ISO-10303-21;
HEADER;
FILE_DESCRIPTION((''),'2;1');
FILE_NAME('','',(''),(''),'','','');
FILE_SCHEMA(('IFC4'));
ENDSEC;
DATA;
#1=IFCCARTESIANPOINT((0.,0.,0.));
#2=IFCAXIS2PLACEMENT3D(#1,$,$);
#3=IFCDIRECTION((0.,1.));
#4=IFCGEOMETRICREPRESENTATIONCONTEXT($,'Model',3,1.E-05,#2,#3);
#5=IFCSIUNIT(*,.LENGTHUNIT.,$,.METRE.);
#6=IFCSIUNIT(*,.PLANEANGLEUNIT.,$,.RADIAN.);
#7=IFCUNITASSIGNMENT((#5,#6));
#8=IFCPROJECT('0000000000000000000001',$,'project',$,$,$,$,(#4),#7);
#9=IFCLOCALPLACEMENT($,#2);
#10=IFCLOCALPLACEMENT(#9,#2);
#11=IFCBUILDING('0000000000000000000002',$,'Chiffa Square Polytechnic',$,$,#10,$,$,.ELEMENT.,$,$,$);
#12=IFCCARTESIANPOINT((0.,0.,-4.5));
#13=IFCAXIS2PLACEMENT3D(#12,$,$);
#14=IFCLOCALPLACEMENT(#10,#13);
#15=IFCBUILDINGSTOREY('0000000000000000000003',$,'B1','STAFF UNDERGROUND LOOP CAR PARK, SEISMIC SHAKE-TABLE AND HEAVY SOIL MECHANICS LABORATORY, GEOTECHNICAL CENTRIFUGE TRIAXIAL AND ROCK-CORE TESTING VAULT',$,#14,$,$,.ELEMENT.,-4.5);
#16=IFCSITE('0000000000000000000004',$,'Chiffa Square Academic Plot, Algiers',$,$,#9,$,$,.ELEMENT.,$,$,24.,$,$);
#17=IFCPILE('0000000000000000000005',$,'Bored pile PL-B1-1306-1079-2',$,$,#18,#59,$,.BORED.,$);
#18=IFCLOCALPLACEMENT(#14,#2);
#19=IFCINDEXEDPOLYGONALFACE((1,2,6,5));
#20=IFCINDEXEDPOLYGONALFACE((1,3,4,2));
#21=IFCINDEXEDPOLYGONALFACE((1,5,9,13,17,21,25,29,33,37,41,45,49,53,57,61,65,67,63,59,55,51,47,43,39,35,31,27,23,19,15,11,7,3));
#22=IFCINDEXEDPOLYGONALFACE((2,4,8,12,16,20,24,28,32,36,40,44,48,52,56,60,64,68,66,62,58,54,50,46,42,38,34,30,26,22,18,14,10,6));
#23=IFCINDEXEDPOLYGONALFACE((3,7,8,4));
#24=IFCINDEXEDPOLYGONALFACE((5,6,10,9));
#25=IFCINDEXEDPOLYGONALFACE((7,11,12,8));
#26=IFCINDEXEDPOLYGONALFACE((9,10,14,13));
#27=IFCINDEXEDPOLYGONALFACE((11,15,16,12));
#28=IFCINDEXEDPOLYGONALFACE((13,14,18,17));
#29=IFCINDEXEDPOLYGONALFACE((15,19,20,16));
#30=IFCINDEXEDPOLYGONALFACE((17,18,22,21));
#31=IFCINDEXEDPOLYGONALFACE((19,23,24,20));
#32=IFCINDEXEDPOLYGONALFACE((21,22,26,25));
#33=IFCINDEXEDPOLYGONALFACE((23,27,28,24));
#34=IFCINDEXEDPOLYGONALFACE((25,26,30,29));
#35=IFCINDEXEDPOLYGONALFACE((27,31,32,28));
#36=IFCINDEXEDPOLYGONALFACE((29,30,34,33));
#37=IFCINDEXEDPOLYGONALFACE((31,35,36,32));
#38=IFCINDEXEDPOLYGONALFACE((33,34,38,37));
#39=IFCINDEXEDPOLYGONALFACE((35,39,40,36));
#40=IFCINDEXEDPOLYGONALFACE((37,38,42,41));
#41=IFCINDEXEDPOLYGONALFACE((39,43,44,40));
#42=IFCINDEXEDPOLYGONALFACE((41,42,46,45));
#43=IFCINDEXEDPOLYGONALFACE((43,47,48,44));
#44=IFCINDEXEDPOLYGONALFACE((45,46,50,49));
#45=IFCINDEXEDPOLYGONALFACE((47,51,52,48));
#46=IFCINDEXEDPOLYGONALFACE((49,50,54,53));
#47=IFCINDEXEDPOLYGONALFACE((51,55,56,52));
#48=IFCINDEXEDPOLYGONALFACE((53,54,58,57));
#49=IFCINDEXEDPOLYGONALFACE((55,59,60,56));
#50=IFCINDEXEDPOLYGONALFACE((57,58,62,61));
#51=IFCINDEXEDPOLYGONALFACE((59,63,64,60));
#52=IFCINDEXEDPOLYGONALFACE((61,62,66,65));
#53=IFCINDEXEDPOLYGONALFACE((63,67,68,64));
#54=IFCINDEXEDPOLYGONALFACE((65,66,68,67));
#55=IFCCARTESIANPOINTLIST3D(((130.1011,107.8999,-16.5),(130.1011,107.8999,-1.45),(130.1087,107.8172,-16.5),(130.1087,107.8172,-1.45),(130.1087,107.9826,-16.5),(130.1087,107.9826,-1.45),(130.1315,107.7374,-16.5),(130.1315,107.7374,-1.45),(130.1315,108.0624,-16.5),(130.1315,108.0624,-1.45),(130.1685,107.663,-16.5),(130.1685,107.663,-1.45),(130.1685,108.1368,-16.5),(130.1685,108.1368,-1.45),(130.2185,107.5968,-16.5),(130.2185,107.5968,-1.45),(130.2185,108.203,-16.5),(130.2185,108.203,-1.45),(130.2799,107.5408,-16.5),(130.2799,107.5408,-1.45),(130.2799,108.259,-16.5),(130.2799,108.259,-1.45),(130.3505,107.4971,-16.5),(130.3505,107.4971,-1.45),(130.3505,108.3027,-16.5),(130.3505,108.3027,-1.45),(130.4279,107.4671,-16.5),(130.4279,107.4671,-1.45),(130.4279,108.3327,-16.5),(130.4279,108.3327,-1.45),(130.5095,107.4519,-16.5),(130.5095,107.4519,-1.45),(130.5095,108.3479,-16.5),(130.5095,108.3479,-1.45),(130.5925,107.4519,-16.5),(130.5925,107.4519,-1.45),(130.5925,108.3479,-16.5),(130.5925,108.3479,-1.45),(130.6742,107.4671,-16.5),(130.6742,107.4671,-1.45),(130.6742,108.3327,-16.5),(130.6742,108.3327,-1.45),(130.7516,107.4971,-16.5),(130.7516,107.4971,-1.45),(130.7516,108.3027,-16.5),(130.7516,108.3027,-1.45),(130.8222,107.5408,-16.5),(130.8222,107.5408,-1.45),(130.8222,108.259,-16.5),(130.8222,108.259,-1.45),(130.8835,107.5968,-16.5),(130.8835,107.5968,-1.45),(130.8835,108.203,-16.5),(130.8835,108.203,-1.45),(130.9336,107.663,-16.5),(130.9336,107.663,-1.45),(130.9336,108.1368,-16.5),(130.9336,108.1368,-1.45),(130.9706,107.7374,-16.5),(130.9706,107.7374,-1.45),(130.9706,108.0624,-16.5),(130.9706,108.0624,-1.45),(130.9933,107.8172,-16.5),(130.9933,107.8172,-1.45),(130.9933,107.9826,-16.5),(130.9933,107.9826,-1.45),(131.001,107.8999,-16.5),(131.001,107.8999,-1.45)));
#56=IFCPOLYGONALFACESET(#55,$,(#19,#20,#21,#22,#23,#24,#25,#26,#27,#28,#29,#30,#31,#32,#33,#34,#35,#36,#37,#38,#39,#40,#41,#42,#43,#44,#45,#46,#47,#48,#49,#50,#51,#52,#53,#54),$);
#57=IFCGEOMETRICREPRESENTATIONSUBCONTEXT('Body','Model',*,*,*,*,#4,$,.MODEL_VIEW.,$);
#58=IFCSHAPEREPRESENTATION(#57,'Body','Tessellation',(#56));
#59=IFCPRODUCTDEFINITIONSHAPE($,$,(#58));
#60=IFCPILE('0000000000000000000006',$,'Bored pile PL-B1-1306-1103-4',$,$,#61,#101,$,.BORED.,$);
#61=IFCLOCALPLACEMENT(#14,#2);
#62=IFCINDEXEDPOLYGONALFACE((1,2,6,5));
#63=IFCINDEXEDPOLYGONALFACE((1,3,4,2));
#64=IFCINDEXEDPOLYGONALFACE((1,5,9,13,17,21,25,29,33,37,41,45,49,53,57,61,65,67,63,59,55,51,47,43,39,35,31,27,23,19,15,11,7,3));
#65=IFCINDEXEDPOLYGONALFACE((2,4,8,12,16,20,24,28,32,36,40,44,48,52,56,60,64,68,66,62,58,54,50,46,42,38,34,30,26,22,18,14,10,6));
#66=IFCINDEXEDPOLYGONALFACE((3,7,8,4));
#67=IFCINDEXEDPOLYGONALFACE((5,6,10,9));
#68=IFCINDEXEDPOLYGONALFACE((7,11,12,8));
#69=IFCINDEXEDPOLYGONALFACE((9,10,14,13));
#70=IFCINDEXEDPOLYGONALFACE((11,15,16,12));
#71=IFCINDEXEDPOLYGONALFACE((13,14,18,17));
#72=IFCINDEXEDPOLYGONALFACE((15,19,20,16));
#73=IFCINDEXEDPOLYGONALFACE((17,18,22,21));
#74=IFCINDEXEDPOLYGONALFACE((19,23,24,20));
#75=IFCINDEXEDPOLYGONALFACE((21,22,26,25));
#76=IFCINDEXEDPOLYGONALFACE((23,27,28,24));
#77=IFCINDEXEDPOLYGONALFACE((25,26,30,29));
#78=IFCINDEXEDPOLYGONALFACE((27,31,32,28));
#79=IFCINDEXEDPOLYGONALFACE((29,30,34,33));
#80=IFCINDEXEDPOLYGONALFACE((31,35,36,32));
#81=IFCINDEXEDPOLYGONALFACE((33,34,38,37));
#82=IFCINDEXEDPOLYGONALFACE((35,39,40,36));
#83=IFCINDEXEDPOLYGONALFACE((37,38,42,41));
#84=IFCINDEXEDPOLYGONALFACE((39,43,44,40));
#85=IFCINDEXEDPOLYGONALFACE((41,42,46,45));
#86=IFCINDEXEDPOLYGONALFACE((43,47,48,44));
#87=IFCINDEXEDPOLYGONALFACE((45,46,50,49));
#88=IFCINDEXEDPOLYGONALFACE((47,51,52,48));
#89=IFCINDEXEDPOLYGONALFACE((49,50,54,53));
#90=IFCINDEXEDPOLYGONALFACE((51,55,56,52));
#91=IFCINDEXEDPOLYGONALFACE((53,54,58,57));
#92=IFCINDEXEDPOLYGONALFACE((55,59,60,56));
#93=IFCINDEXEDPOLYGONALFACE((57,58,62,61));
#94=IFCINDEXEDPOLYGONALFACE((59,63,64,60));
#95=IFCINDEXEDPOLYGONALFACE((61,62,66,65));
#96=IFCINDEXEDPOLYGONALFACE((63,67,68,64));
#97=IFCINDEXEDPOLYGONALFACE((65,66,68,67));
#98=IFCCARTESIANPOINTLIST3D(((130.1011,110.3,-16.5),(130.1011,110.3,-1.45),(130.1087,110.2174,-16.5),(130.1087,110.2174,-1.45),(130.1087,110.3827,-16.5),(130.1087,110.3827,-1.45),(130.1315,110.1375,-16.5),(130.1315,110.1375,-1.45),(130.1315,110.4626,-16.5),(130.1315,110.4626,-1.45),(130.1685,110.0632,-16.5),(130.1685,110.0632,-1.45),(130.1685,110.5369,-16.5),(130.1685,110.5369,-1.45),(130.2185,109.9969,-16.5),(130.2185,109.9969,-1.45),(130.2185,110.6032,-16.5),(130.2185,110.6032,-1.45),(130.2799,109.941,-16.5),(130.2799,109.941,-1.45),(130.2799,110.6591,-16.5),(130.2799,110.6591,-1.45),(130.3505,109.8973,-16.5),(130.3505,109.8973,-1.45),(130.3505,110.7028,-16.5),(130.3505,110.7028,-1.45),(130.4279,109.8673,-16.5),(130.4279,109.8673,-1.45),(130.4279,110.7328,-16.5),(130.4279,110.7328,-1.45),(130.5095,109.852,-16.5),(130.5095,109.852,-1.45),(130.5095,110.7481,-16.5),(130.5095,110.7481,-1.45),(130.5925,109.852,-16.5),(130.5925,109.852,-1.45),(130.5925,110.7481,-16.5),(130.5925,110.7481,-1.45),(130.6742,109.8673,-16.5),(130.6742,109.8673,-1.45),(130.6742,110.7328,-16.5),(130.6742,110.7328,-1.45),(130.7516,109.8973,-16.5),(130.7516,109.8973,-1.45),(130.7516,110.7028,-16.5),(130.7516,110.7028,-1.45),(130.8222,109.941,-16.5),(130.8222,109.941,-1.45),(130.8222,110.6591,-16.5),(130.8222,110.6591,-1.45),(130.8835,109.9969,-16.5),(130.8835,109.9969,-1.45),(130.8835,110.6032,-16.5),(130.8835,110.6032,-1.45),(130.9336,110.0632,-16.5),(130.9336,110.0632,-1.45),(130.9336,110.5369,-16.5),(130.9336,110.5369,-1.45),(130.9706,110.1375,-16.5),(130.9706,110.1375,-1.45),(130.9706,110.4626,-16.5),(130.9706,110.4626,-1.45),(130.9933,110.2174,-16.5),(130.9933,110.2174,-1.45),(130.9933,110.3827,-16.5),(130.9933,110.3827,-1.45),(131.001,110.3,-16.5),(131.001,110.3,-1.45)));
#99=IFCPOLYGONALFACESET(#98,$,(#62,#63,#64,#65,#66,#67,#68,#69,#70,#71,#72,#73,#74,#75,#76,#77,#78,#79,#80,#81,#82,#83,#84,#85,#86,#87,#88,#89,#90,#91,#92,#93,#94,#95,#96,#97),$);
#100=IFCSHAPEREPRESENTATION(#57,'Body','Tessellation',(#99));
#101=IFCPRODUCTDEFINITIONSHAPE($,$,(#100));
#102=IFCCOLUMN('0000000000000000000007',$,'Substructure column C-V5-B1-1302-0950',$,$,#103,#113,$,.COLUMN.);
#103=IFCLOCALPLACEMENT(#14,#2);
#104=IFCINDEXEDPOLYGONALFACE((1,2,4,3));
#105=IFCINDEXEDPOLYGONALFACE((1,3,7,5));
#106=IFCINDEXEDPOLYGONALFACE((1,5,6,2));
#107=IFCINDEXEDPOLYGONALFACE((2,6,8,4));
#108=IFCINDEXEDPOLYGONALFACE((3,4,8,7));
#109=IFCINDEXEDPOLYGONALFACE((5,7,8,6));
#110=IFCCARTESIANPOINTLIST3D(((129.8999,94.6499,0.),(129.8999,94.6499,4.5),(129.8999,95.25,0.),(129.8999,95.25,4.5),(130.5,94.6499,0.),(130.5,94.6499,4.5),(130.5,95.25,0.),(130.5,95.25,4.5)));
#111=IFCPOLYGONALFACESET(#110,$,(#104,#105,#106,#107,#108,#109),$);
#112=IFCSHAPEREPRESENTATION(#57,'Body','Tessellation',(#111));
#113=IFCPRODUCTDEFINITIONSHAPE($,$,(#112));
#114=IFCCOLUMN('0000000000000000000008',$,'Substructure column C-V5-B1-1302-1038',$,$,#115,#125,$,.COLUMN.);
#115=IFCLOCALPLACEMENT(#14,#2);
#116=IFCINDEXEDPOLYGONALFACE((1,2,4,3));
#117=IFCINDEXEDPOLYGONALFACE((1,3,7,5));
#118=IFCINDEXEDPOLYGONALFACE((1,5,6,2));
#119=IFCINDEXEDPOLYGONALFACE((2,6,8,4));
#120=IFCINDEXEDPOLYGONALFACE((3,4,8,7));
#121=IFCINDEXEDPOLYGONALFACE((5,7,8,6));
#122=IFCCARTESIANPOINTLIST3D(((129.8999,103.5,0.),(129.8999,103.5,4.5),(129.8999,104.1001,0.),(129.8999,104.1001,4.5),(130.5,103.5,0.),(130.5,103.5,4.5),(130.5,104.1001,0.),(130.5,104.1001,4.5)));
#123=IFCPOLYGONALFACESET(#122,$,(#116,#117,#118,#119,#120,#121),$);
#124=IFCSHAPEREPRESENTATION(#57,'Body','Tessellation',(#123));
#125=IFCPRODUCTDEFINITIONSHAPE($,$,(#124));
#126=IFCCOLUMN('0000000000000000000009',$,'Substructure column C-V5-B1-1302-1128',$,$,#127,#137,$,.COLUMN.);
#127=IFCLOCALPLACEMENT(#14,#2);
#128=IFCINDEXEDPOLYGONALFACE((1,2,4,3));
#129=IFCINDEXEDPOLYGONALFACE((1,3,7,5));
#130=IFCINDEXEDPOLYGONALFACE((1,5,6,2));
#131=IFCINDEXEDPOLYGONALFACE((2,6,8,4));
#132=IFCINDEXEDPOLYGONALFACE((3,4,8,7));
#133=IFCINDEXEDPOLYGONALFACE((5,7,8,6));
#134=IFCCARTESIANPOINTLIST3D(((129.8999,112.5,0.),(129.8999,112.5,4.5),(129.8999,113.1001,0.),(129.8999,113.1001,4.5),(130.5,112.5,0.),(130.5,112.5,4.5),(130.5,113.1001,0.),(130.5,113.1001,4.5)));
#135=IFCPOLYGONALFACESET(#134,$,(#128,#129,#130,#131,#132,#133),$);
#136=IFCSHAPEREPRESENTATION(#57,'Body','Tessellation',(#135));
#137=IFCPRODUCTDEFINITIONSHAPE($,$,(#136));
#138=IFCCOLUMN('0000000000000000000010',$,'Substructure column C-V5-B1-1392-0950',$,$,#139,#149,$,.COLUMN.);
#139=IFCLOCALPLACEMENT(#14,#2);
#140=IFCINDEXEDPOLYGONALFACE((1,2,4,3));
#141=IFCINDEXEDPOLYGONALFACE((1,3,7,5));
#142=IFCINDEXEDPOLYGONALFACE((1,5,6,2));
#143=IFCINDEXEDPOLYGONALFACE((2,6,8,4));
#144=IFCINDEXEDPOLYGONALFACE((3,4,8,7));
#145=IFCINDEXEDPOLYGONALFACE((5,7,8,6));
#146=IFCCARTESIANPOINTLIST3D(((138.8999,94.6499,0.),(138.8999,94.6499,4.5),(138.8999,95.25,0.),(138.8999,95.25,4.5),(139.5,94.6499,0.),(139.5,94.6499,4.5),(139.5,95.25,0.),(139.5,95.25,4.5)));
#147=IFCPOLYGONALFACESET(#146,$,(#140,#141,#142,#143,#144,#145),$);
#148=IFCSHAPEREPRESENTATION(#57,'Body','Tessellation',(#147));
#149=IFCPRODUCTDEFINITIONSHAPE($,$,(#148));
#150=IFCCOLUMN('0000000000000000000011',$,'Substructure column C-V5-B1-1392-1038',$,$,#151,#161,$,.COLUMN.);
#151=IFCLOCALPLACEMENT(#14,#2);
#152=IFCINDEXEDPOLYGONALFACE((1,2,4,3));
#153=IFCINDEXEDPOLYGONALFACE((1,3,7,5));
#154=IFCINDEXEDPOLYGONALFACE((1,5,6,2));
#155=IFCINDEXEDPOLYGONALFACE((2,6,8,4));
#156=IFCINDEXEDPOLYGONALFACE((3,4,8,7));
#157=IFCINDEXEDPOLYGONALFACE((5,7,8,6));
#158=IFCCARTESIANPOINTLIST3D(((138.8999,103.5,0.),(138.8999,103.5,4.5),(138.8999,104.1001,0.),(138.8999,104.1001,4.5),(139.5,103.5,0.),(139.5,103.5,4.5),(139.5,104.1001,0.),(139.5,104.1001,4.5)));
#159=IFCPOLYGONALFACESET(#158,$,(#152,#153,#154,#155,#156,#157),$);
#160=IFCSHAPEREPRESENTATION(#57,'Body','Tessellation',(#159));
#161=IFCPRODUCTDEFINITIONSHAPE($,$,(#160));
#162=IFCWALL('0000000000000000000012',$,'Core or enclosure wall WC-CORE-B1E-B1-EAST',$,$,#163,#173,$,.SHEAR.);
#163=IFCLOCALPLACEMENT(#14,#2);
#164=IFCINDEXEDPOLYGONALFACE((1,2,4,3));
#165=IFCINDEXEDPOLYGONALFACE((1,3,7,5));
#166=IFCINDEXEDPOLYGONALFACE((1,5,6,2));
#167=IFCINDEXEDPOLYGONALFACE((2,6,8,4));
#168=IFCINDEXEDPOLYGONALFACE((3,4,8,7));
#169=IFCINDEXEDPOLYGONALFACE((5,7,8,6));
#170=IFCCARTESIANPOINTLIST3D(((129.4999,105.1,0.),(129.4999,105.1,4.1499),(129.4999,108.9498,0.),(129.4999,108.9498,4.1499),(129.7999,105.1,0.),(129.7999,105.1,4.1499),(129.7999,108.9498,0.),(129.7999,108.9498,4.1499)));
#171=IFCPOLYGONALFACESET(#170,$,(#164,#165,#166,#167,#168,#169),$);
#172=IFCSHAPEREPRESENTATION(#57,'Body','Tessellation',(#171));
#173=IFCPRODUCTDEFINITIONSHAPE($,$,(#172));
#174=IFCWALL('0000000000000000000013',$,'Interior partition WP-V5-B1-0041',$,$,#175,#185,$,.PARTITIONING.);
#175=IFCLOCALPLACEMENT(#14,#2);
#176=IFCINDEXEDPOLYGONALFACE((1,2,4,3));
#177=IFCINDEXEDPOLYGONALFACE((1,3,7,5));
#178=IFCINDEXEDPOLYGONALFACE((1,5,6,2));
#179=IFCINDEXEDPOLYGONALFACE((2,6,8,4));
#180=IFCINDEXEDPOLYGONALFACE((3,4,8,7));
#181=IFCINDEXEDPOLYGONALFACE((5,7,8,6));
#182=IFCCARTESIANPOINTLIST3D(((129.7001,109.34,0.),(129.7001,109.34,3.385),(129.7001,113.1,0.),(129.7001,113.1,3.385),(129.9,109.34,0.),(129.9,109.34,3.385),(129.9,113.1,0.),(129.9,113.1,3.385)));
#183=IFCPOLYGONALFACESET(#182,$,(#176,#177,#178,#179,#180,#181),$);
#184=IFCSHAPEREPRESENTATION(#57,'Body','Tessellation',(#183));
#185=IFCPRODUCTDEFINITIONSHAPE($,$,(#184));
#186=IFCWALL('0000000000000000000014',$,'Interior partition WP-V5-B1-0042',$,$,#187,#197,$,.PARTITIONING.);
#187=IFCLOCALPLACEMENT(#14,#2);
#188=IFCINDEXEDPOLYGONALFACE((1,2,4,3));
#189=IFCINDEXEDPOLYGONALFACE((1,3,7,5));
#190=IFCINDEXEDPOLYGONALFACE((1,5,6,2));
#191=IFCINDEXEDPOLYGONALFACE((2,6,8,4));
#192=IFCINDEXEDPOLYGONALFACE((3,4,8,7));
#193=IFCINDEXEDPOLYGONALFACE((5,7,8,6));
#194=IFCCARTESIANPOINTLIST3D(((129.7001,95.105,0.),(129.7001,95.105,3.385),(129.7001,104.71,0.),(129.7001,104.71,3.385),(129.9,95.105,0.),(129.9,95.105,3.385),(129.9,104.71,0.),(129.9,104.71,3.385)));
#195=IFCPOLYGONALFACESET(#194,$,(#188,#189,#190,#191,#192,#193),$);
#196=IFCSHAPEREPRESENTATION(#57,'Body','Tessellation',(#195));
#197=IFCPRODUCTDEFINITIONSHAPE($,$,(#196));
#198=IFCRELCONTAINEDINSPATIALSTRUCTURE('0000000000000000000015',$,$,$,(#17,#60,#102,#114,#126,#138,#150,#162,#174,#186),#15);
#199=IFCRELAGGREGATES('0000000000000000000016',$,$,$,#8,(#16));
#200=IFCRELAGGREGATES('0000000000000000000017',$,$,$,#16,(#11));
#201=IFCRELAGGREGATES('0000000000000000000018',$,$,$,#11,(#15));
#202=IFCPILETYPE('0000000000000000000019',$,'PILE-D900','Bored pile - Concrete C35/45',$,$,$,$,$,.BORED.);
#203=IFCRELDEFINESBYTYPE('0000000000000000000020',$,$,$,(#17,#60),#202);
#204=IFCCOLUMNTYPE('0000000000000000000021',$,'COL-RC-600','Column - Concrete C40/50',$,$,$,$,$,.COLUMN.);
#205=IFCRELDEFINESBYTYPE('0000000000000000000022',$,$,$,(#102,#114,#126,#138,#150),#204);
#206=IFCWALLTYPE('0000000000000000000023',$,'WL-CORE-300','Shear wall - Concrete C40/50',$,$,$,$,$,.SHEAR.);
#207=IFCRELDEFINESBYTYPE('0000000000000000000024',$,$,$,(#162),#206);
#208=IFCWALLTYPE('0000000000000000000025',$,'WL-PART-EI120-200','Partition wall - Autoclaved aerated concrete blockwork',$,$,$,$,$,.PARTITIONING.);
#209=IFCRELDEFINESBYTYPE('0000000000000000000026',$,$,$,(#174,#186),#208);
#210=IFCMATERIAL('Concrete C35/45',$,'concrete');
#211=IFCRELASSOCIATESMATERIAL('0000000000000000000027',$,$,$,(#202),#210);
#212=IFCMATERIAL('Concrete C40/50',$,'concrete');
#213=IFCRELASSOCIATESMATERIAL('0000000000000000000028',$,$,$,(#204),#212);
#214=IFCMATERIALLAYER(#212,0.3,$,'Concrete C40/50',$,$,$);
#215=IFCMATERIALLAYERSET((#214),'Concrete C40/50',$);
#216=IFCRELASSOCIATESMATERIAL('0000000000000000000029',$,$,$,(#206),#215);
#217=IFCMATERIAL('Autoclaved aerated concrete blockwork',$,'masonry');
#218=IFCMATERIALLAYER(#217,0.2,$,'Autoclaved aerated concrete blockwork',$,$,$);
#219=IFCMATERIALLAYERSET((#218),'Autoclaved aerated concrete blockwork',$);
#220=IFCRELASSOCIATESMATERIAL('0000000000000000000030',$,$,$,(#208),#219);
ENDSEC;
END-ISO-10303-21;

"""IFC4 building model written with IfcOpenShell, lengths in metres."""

from ifc_helpers import new_model, si_unit, direction, frame, frame_2d, origin, origin_2d, place, context, subcontext, project, spatial, rectangle, circle, extrude, material, layer, layer_set, material_profile, profile_set, type_object, element, save


model = new_model("IFC4")

# Units and contexts
model_context = context("Model", 3, precision=1e-05, world=origin(), true_north=direction((0.0, 1.0)))
body_context = subcontext(model_context, "Body", "Model", "MODEL_VIEW")
ifc_project = project(units=[si_unit("LENGTHUNIT", "METRE"), si_unit("PLANEANGLEUNIT", "RADIAN")], contexts=[model_context])

# Site, building, storey
site_placement = place(None, origin())
site = spatial("IfcSite", under=ifc_project, at=site_placement, Name="Chiffa Square Academic Plot, Algiers", CompositionType="ELEMENT", RefElevation=24.0)
building_placement = place(site_placement, origin())
building = spatial("IfcBuilding", under=site, at=building_placement, Name="Chiffa Square Polytechnic", CompositionType="ELEMENT")
storey_placement = place(building_placement, frame((0.0, 0.0, -4.5)))
storey = spatial("IfcBuildingStorey", under=building, at=storey_placement, Name="B1", Description="STAFF UNDERGROUND LOOP CAR PARK, SEISMIC SHAKE-TABLE AND HEAVY SOIL MECHANICS LABORATORY, GEOTECHNICAL CENTRIFUGE TRIAXIAL AND ROCK-CORE TESTING VAULT", CompositionType="ELEMENT", Elevation=-4.5)

# Shared definitions
ifc_material_1 = material(Name="Concrete C35/45", Category="concrete")

# Piles
ifc_material_profile_1 = material_profile(ifc_material_1, circle(Radius=0.45, at=origin_2d()), Name="PILE D900")
ifc_profile_set_1 = profile_set([ifc_material_profile_1], Name="Concrete C35/45")
pile_type_1 = type_object("IfcPileType", Name="PILE-D900", Description="Bored pile - Concrete C35/45", PredefinedType="BORED", material=ifc_profile_set_1)
for number, where, z_axis, x_axis, name in (
    (1, (130.551, 107.8999, -1.45), (0.0, 0.0, -1.0), (1.0, 0.0, 0.0), "Bored pile PL-B1-1306-1079-2"),
    (2, (130.551, 110.3, -1.45), (0.0, 0.0, -1.0), (1.0, 0.0, 0.0), "Bored pile PL-B1-1306-1103-4"),
):
    element("IfcPile", number, at=place(storey_placement, frame(where, z_axis=z_axis, x_axis=x_axis)), inside=storey, type_object=pile_type_1, Name=name, PredefinedType="BORED", context=body_context, shape_type="SweptSolid", body=[
        extrude(circle(Radius=0.45, at=origin_2d()), origin(), (0.0, 0.0, 1.0), 15.05),
    ])

# Columns
ifc_material_2 = material(Name="Concrete C40/50", Category="concrete")
ifc_material_profile_2 = material_profile(ifc_material_2, rectangle(XDim=0.6001, YDim=0.6001, at=origin_2d()), Name="RC 600x600")
ifc_profile_set_2 = profile_set([ifc_material_profile_2], Name="Concrete C40/50")
column_type = type_object("IfcColumnType", Name="COL-RC-600", Description="Column - Concrete C40/50", PredefinedType="COLUMN", material=ifc_profile_set_2)
for number, where, z_axis, x_axis, name in (
    (3, (130.2, 94.95, 0.0), (0.0, 0.0, 1.0), (1.0, 0.0, 0.0), "Substructure column C-V5-B1-1302-0950"),
    (4, (130.2, 103.8, 0.0), (0.0, 0.0, 1.0), (1.0, 0.0, 0.0), "Substructure column C-V5-B1-1302-1038"),
    (5, (130.2, 112.8, 0.0), (0.0, 0.0, 1.0), (1.0, 0.0, 0.0), "Substructure column C-V5-B1-1302-1128"),
    (6, (139.2, 94.95, 0.0), (0.0, 0.0, 1.0), (1.0, 0.0, 0.0), "Substructure column C-V5-B1-1392-0950"),
    (7, (139.2, 103.8, 0.0), (0.0, 0.0, 1.0), (1.0, 0.0, 0.0), "Substructure column C-V5-B1-1392-1038"),
):
    element("IfcColumn", number, at=place(storey_placement, frame(where, z_axis=z_axis, x_axis=x_axis)), inside=storey, type_object=column_type, Name=name, PredefinedType="COLUMN", context=body_context, shape_type="SweptSolid", body=[
        extrude(rectangle(XDim=0.6001, YDim=0.6001, at=origin_2d()), origin(), (0.0, 0.0, 1.0), 4.5),
    ])

# Walls
ifc_layer_1 = layer(ifc_material_2, 0.3, Name="Concrete C40/50")
ifc_layer_set_1 = layer_set([ifc_layer_1], Name="Concrete C40/50")
wall_type_1 = type_object("IfcWallType", Name="WL-CORE-300", Description="Shear wall - Concrete C40/50", PredefinedType="SHEAR", material=ifc_layer_set_1)
wall_1_placement = place(storey_placement, frame((129.6499, 105.1001, 0.0), z_axis=(0.0, 0.0, 1.0), x_axis=(0.0, 1.0, 0.0)))
element("IfcWall", 8, at=wall_1_placement, inside=storey, type_object=wall_type_1, Name="Core or enclosure wall WC-CORE-B1E-B1-EAST", PredefinedType="SHEAR", context=body_context, shape_type="SweptSolid", body=[
    extrude(rectangle(XDim=3.8499, YDim=0.3, at=frame_2d((1.9248, 0.0))), origin(), (0.0, 0.0, 1.0), 4.1499),
])
ifc_material_3 = material(Name="Autoclaved aerated concrete blockwork", Category="masonry")
ifc_layer_2 = layer(ifc_material_3, 0.2, Name="Autoclaved aerated concrete blockwork")
ifc_layer_set_2 = layer_set([ifc_layer_2], Name="Autoclaved aerated concrete blockwork")
wall_type_2 = type_object("IfcWallType", Name="WL-PART-EI120-200", Description="Partition wall - Autoclaved aerated concrete blockwork", PredefinedType="PARTITIONING", material=ifc_layer_set_2)
wall_2_placement = place(storey_placement, frame((129.8, 109.3401, 0.0), z_axis=(0.0, 0.0, 1.0), x_axis=(0.0, 1.0, 0.0)))
element("IfcWall", 9, at=wall_2_placement, inside=storey, type_object=wall_type_2, Name="Interior partition WP-V5-B1-0041", PredefinedType="PARTITIONING", context=body_context, shape_type="SweptSolid", body=[
    extrude(rectangle(XDim=3.76, YDim=0.2, at=frame_2d((1.8799, 0.0))), origin(), (0.0, 0.0, 1.0), 3.385),
])
wall_3_placement = place(storey_placement, frame((129.8, 95.105, 0.0), z_axis=(0.0, 0.0, 1.0), x_axis=(0.0, 1.0, 0.0)))
element("IfcWall", 10, at=wall_3_placement, inside=storey, type_object=wall_type_2, Name="Interior partition WP-V5-B1-0042", PredefinedType="PARTITIONING", context=body_context, shape_type="SweptSolid", body=[
    extrude(rectangle(XDim=9.605, YDim=0.2, at=frame_2d((4.8025, 0.0))), origin(), (0.0, 0.0, 1.0), 3.385),
])

save(model, "model.ifc")
